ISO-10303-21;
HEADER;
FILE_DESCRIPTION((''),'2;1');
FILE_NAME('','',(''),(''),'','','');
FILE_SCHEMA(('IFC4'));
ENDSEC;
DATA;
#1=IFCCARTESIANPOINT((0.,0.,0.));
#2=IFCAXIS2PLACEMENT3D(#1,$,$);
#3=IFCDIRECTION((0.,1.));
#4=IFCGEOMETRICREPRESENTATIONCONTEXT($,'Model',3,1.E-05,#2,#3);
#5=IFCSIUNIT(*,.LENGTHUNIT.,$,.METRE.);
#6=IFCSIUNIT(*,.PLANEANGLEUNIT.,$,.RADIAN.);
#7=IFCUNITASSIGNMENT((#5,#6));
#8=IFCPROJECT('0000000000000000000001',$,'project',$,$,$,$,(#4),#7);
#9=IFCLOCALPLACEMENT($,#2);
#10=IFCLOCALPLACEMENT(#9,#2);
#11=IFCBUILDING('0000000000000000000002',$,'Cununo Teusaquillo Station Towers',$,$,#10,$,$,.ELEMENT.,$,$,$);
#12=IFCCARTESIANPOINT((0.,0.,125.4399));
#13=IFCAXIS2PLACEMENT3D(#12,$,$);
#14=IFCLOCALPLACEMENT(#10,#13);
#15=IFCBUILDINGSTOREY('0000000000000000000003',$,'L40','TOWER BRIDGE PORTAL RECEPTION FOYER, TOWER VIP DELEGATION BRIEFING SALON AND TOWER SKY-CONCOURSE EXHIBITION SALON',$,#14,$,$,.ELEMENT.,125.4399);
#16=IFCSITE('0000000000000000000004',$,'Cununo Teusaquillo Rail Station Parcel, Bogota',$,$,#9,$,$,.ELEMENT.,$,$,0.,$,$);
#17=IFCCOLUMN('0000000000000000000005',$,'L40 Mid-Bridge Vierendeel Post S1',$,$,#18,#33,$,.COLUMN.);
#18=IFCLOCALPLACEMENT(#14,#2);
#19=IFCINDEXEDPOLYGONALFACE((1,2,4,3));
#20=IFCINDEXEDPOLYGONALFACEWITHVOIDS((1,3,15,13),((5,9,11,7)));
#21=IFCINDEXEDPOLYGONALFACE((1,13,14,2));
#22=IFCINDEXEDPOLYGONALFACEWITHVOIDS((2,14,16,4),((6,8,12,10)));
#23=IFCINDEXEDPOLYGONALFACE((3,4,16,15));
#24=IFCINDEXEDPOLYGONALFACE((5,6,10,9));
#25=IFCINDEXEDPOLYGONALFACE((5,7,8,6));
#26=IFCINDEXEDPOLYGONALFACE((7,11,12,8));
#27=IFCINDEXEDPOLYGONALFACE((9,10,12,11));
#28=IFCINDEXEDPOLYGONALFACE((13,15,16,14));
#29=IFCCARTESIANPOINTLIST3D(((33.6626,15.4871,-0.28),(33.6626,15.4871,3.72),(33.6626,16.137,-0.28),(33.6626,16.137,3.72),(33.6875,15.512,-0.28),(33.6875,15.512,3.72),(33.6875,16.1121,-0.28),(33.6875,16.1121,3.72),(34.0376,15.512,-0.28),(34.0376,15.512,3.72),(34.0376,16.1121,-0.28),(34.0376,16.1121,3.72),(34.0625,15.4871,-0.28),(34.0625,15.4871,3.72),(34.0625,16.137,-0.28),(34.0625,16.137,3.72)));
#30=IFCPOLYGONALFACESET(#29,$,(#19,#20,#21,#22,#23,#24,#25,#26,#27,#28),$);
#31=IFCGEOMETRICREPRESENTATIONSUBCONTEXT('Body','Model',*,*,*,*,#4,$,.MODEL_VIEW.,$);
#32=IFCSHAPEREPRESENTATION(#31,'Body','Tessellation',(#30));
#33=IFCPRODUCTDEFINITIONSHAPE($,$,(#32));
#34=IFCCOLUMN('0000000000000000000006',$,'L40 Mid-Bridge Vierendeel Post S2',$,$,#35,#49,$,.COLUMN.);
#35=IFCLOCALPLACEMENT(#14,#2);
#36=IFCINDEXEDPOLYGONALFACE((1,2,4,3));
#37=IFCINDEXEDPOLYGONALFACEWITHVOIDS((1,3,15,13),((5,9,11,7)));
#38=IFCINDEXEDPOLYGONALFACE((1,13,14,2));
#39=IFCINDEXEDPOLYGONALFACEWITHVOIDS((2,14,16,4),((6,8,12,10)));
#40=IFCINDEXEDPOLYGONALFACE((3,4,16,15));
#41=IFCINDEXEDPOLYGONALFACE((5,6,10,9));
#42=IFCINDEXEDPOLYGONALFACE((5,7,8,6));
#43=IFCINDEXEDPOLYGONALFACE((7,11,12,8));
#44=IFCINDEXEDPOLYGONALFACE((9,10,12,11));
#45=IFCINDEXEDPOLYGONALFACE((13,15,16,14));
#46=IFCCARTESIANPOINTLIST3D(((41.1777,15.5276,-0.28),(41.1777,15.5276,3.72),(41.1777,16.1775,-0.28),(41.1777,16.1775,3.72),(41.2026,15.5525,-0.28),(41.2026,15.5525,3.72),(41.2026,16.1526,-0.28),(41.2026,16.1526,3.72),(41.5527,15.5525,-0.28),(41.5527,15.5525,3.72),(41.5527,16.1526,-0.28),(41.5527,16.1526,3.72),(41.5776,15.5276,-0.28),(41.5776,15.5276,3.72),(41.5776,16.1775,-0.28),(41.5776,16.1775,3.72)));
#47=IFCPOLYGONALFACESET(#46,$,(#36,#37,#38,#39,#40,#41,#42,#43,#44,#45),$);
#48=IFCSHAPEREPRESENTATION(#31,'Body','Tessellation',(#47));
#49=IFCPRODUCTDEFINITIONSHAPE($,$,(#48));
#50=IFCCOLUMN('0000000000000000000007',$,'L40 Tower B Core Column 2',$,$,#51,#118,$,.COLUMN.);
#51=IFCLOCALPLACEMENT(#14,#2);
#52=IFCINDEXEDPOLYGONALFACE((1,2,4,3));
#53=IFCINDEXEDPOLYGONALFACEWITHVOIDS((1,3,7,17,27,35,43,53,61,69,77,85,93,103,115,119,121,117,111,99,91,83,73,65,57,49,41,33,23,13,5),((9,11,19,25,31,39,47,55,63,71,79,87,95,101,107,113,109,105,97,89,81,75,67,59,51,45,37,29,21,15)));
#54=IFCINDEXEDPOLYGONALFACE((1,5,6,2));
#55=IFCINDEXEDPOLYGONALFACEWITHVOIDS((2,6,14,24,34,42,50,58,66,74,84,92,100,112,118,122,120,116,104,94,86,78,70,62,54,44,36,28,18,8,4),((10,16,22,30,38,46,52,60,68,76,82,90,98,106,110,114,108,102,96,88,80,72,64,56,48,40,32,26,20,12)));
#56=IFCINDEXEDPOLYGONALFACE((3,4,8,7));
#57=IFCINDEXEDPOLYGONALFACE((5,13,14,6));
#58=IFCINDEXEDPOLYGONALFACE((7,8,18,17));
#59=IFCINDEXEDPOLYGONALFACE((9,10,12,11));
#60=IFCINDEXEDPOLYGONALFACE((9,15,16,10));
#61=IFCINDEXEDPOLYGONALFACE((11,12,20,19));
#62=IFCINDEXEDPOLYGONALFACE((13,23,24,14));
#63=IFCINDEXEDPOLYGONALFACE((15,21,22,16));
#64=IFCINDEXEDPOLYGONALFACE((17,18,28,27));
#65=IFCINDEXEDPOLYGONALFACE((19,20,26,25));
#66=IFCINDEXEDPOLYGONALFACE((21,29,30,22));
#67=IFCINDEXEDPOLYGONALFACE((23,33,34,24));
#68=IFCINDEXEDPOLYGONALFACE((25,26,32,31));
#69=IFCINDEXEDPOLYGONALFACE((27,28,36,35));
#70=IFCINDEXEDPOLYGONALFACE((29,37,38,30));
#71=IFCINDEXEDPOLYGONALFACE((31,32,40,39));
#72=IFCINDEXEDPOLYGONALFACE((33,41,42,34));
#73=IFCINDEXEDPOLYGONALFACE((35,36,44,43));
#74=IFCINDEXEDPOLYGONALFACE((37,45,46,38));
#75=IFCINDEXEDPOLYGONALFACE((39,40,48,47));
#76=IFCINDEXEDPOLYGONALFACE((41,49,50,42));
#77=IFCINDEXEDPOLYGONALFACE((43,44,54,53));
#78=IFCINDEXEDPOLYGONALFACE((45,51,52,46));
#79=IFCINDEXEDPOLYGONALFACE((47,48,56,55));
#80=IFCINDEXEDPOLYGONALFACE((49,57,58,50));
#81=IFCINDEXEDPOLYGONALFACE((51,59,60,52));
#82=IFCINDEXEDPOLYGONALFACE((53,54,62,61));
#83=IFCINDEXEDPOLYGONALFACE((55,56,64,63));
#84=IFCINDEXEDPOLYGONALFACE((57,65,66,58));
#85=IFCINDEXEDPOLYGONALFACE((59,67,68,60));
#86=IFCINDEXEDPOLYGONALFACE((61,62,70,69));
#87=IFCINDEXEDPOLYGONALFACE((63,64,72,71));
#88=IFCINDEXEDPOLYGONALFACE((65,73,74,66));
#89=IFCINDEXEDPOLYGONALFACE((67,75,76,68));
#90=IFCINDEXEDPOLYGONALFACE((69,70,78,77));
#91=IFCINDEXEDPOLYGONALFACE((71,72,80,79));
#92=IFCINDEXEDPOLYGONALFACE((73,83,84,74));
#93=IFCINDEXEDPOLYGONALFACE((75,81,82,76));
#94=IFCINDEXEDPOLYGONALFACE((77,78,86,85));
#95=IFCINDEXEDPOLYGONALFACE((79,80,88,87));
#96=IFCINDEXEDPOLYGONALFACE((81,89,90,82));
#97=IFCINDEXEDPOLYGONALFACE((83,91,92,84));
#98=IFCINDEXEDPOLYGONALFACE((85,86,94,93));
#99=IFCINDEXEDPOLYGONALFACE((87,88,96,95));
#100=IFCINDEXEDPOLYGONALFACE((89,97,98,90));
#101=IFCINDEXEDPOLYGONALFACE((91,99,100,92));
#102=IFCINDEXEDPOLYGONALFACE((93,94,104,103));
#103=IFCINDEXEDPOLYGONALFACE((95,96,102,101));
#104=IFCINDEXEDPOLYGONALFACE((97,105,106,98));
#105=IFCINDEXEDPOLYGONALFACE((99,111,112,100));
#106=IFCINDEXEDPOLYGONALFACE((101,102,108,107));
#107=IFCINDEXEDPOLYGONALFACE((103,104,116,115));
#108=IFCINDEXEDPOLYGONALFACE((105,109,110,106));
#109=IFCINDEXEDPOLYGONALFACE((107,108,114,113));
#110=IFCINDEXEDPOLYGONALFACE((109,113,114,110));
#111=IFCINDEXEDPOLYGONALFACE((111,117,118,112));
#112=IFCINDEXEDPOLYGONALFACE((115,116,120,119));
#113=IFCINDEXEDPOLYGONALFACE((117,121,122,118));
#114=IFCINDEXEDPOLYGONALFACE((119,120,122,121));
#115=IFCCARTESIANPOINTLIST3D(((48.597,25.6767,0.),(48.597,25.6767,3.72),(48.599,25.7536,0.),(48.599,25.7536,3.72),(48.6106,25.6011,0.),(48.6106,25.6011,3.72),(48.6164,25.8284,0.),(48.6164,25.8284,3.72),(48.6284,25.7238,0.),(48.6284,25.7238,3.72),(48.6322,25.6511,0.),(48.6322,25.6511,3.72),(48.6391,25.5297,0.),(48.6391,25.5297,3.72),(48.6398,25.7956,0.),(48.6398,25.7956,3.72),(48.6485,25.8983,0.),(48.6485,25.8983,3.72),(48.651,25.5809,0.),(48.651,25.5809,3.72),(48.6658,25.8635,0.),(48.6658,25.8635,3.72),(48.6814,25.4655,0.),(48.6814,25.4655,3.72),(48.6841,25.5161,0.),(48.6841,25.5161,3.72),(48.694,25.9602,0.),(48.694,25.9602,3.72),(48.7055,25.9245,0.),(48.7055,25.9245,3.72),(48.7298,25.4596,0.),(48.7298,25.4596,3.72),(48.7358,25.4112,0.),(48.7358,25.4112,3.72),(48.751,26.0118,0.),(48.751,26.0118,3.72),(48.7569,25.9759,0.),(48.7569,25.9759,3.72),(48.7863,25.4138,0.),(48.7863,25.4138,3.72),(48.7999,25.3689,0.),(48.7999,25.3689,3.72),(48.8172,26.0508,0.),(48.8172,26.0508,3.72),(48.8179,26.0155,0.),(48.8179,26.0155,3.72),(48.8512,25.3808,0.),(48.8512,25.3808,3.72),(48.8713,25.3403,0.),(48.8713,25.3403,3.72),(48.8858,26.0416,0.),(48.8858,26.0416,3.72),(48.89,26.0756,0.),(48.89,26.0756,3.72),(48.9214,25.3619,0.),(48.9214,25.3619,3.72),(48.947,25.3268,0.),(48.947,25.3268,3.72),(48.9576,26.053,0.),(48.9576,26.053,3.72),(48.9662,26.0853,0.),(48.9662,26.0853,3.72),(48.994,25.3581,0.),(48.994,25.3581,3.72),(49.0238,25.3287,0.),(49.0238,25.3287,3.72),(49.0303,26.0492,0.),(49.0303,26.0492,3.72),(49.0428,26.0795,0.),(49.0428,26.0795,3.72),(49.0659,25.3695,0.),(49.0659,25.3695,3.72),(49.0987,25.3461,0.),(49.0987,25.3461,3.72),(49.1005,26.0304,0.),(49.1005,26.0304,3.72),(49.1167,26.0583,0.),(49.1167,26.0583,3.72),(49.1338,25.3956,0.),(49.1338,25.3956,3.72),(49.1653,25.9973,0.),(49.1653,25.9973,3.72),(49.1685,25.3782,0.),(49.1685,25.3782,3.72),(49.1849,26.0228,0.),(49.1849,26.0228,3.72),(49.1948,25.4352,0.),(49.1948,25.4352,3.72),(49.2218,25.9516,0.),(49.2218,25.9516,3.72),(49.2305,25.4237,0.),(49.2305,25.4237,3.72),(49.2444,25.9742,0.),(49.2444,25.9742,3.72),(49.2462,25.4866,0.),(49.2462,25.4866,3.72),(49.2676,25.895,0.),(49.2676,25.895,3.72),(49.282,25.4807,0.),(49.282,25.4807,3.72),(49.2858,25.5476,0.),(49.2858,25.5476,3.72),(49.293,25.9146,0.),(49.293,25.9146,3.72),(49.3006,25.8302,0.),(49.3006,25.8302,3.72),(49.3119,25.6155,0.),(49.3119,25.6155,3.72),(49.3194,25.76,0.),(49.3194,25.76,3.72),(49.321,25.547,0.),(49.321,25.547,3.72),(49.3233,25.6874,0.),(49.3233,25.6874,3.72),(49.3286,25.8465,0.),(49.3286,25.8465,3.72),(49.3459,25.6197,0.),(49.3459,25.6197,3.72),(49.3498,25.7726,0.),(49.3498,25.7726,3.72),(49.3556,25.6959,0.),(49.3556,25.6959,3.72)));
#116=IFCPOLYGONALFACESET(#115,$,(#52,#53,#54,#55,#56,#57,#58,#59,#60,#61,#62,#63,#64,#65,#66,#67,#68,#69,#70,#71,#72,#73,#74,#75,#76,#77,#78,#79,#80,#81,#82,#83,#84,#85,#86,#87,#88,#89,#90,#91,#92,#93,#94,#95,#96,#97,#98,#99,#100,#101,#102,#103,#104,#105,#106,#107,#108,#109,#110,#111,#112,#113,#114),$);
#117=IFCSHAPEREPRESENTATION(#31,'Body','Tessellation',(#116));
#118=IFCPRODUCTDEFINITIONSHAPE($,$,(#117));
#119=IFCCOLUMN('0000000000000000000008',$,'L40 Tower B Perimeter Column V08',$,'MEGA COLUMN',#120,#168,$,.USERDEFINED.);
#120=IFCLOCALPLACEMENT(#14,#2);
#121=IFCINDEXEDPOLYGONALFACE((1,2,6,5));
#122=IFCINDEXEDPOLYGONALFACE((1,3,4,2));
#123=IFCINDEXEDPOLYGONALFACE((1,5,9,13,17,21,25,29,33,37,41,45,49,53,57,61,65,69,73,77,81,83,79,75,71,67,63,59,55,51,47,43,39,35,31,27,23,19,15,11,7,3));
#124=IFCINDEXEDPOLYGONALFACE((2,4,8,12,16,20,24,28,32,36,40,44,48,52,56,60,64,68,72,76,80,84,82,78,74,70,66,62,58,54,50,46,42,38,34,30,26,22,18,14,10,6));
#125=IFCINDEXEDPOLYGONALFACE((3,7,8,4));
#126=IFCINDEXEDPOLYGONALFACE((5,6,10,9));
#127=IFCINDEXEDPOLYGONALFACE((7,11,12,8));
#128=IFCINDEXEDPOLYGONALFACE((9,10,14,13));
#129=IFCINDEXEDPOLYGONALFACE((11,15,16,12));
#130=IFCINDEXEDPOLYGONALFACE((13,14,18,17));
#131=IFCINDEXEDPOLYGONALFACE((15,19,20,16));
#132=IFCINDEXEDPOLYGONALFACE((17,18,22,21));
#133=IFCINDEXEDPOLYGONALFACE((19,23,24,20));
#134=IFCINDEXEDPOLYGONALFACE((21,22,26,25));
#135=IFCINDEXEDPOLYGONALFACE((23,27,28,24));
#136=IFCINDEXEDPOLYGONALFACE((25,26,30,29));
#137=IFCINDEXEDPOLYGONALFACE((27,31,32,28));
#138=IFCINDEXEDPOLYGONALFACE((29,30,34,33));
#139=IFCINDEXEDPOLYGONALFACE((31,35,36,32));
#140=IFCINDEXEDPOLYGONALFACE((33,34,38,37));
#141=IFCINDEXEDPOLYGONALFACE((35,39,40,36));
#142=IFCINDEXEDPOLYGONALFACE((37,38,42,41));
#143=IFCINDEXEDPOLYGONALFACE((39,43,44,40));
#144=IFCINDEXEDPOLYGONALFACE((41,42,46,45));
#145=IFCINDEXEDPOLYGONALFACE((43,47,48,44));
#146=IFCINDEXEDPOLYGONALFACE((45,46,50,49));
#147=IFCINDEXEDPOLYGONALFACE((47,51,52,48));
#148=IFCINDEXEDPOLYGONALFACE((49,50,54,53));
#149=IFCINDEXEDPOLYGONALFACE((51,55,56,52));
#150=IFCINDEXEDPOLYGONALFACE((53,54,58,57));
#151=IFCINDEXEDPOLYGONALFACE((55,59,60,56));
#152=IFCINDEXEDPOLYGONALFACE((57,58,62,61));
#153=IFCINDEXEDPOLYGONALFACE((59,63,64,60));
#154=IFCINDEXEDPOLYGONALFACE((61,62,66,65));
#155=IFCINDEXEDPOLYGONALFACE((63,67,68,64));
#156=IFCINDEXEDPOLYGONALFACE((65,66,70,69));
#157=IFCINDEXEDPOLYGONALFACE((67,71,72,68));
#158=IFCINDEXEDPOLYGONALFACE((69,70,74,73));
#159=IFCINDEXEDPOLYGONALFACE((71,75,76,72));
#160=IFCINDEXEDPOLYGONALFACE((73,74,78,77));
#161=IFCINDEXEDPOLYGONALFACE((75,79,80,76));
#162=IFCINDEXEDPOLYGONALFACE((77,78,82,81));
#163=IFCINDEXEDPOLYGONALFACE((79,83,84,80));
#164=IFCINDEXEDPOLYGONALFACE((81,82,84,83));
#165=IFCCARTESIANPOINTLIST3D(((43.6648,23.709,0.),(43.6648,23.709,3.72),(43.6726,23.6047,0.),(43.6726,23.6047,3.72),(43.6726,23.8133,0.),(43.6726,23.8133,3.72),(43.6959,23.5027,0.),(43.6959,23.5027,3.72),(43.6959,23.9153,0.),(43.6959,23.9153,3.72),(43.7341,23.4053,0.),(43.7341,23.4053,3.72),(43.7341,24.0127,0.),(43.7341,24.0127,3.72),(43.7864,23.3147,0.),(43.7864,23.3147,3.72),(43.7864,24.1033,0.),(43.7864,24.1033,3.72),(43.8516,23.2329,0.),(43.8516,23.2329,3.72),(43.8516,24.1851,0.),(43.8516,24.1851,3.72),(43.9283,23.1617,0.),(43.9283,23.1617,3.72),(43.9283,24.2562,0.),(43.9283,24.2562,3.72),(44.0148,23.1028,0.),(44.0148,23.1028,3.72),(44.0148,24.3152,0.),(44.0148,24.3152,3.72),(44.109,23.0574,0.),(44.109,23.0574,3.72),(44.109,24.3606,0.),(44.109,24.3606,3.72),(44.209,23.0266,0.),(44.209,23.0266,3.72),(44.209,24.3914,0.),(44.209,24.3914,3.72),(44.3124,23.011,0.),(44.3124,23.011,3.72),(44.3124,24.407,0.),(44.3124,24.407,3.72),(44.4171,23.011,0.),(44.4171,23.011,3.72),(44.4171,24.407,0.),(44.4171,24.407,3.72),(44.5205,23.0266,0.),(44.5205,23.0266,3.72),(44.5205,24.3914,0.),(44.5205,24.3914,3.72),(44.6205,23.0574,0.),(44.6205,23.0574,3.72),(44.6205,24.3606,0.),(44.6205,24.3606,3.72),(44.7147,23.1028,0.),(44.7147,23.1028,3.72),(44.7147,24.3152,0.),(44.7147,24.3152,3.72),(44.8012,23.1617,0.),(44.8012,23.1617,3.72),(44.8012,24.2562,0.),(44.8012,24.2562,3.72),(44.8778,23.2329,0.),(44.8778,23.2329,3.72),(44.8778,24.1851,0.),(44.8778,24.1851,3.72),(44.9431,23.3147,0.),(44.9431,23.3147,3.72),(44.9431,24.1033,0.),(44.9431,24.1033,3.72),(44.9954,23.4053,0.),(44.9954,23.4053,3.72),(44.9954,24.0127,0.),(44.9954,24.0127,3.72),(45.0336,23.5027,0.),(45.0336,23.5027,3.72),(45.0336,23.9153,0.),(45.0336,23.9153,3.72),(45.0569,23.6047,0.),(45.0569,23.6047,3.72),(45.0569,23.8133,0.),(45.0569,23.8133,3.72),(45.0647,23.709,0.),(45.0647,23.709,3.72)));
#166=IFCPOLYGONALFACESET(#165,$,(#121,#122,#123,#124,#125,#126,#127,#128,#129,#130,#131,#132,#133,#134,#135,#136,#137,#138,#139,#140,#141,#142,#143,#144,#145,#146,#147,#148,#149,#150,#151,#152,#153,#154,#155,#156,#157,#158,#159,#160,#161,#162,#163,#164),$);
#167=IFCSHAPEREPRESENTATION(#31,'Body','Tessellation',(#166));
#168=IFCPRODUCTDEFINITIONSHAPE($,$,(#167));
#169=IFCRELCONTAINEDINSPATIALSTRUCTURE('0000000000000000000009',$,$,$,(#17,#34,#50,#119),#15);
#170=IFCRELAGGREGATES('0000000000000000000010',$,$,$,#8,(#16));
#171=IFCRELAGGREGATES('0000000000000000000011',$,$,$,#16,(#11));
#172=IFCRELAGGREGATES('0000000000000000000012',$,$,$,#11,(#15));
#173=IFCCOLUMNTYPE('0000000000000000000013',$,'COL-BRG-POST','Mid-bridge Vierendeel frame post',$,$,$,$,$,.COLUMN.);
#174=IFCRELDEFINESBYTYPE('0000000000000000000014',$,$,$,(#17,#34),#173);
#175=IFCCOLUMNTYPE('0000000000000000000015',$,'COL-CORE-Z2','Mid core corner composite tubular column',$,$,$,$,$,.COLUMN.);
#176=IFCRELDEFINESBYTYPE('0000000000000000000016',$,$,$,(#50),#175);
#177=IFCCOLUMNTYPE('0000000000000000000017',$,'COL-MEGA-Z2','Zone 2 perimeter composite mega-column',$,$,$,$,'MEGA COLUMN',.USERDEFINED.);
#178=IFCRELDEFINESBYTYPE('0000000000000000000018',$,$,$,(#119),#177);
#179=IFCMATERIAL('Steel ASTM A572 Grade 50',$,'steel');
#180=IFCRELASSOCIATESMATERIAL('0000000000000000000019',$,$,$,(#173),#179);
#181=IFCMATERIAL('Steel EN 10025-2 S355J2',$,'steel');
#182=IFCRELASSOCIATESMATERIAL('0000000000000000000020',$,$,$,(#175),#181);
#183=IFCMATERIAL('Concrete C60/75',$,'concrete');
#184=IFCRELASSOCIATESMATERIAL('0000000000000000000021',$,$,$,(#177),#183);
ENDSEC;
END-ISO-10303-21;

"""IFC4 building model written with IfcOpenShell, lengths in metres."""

from ifc_helpers import new_model, si_unit, direction, frame, origin, origin_2d, place, context, subcontext, project, spatial, hollow_rectangle, circle, hollow_circle, extrude, material, material_profile, profile_set, type_object, element, save


model = new_model("IFC4")

# Units and contexts
model_context = context("Model", 3, precision=1e-05, world=origin(), true_north=direction((0.0, 1.0)))
body_context = subcontext(model_context, "Body", "Model", "MODEL_VIEW")
ifc_project = project(units=[si_unit("LENGTHUNIT", "METRE"), si_unit("PLANEANGLEUNIT", "RADIAN")], contexts=[model_context])

# Site, building, storey
site_placement = place(None, origin())
site = spatial("IfcSite", under=ifc_project, at=site_placement, Name="Cununo Teusaquillo Rail Station Parcel, Bogota", CompositionType="ELEMENT", RefElevation=0.0)
building_placement = place(site_placement, origin())
building = spatial("IfcBuilding", under=site, at=building_placement, Name="Cununo Teusaquillo Station Towers", CompositionType="ELEMENT")
storey_placement = place(building_placement, frame((0.0, 0.0, 125.4399)))
storey = spatial("IfcBuildingStorey", under=building, at=storey_placement, Name="L40", Description="TOWER BRIDGE PORTAL RECEPTION FOYER, TOWER VIP DELEGATION BRIEFING SALON AND TOWER SKY-CONCOURSE EXHIBITION SALON", CompositionType="ELEMENT", Elevation=125.4399)

# Columns
ifc_material_1 = material(Name="Steel ASTM A572 Grade 50", Category="steel")
ifc_material_profile_1 = material_profile(ifc_material_1, hollow_rectangle(XDim=0.3999, YDim=0.6499, WallThickness=0.0249, at=origin_2d()), Name="RHS 650x400x25")
ifc_profile_set_1 = profile_set([ifc_material_profile_1], Name="Steel ASTM A572 Grade 50")
column_type_1 = type_object("IfcColumnType", Name="COL-BRG-POST", Description="Mid-bridge Vierendeel frame post", PredefinedType="COLUMN", material=ifc_profile_set_1)
for number, where, z_axis, x_axis, name in (
    (1, (33.8625, 15.812, -0.28), (0.0, 0.0, 1.0), (1.0, 0.0, 0.0), "L40 Mid-Bridge Vierendeel Post S1"),
    (2, (41.3777, 15.8525, -0.28), (0.0, 0.0, 1.0), (1.0, 0.0, 0.0), "L40 Mid-Bridge Vierendeel Post S2"),
):
    element("IfcColumn", number, at=place(storey_placement, frame(where, z_axis=z_axis, x_axis=x_axis)), inside=storey, type_object=column_type_1, Name=name, PredefinedType="COLUMN", context=body_context, shape_type="SweptSolid", body=[
        extrude(hollow_rectangle(XDim=0.3999, YDim=0.6499, WallThickness=0.0249, at=origin_2d()), origin(), (0.0, 0.0, 1.0), 4.0),
    ])
ifc_material_2 = material(Name="Steel EN 10025-2 S355J2", Category="steel")
ifc_material_profile_2 = material_profile(ifc_material_2, hollow_circle(Radius=0.3799, WallThickness=0.032, at=origin_2d()), Name="CHS 760x32")
ifc_profile_set_2 = profile_set([ifc_material_profile_2], Name="Steel EN 10025-2 S355J2")
column_type_2 = type_object("IfcColumnType", Name="COL-CORE-Z2", Description="Mid core corner composite tubular column", PredefinedType="COLUMN", material=ifc_profile_set_2)
column_placement = place(storey_placement, frame((48.9758, 25.7056, 0.0), z_axis=(0.0, 0.0, 1.0), x_axis=(0.707107, 0.707107, 0.0)))
element("IfcColumn", 3, at=column_placement, inside=storey, type_object=column_type_2, Name="L40 Tower B Core Column 2", PredefinedType="COLUMN", context=body_context, shape_type="SweptSolid", body=[
    extrude(hollow_circle(Radius=0.3799, WallThickness=0.032, at=origin_2d()), origin(), (0.0, 0.0, 1.0), 3.72),
])
ifc_material_3 = material(Name="Concrete C60/75", Category="concrete")
ifc_material_profile_3 = material_profile(ifc_material_3, circle(Radius=0.7, at=origin_2d()), Name="RC-CIRC-1400")
ifc_profile_set_3 = profile_set([ifc_material_profile_3], Name="Concrete C60/75")
column_type_3 = type_object("IfcColumnType", Name="COL-MEGA-Z2", Description="Zone 2 perimeter composite mega-column", ElementType="MEGA COLUMN", PredefinedType="USERDEFINED", material=ifc_profile_set_3)
for number, where, z_axis, x_axis, name in (
    (4, (44.3647, 23.709, 0.0), (0.0, 0.0, 1.0), (1.0, 0.0, 0.0), "L40 Tower B Perimeter Column V08"),
):
    element("IfcColumn", number, at=place(storey_placement, frame(where, z_axis=z_axis, x_axis=x_axis)), inside=storey, type_object=column_type_3, Name=name, ObjectType="MEGA COLUMN", PredefinedType="USERDEFINED", context=body_context, shape_type="SweptSolid", body=[
        extrude(circle(Radius=0.7, at=origin_2d()), origin(), (0.0, 0.0, 1.0), 3.72),
    ])

save(model, "model.ifc")
